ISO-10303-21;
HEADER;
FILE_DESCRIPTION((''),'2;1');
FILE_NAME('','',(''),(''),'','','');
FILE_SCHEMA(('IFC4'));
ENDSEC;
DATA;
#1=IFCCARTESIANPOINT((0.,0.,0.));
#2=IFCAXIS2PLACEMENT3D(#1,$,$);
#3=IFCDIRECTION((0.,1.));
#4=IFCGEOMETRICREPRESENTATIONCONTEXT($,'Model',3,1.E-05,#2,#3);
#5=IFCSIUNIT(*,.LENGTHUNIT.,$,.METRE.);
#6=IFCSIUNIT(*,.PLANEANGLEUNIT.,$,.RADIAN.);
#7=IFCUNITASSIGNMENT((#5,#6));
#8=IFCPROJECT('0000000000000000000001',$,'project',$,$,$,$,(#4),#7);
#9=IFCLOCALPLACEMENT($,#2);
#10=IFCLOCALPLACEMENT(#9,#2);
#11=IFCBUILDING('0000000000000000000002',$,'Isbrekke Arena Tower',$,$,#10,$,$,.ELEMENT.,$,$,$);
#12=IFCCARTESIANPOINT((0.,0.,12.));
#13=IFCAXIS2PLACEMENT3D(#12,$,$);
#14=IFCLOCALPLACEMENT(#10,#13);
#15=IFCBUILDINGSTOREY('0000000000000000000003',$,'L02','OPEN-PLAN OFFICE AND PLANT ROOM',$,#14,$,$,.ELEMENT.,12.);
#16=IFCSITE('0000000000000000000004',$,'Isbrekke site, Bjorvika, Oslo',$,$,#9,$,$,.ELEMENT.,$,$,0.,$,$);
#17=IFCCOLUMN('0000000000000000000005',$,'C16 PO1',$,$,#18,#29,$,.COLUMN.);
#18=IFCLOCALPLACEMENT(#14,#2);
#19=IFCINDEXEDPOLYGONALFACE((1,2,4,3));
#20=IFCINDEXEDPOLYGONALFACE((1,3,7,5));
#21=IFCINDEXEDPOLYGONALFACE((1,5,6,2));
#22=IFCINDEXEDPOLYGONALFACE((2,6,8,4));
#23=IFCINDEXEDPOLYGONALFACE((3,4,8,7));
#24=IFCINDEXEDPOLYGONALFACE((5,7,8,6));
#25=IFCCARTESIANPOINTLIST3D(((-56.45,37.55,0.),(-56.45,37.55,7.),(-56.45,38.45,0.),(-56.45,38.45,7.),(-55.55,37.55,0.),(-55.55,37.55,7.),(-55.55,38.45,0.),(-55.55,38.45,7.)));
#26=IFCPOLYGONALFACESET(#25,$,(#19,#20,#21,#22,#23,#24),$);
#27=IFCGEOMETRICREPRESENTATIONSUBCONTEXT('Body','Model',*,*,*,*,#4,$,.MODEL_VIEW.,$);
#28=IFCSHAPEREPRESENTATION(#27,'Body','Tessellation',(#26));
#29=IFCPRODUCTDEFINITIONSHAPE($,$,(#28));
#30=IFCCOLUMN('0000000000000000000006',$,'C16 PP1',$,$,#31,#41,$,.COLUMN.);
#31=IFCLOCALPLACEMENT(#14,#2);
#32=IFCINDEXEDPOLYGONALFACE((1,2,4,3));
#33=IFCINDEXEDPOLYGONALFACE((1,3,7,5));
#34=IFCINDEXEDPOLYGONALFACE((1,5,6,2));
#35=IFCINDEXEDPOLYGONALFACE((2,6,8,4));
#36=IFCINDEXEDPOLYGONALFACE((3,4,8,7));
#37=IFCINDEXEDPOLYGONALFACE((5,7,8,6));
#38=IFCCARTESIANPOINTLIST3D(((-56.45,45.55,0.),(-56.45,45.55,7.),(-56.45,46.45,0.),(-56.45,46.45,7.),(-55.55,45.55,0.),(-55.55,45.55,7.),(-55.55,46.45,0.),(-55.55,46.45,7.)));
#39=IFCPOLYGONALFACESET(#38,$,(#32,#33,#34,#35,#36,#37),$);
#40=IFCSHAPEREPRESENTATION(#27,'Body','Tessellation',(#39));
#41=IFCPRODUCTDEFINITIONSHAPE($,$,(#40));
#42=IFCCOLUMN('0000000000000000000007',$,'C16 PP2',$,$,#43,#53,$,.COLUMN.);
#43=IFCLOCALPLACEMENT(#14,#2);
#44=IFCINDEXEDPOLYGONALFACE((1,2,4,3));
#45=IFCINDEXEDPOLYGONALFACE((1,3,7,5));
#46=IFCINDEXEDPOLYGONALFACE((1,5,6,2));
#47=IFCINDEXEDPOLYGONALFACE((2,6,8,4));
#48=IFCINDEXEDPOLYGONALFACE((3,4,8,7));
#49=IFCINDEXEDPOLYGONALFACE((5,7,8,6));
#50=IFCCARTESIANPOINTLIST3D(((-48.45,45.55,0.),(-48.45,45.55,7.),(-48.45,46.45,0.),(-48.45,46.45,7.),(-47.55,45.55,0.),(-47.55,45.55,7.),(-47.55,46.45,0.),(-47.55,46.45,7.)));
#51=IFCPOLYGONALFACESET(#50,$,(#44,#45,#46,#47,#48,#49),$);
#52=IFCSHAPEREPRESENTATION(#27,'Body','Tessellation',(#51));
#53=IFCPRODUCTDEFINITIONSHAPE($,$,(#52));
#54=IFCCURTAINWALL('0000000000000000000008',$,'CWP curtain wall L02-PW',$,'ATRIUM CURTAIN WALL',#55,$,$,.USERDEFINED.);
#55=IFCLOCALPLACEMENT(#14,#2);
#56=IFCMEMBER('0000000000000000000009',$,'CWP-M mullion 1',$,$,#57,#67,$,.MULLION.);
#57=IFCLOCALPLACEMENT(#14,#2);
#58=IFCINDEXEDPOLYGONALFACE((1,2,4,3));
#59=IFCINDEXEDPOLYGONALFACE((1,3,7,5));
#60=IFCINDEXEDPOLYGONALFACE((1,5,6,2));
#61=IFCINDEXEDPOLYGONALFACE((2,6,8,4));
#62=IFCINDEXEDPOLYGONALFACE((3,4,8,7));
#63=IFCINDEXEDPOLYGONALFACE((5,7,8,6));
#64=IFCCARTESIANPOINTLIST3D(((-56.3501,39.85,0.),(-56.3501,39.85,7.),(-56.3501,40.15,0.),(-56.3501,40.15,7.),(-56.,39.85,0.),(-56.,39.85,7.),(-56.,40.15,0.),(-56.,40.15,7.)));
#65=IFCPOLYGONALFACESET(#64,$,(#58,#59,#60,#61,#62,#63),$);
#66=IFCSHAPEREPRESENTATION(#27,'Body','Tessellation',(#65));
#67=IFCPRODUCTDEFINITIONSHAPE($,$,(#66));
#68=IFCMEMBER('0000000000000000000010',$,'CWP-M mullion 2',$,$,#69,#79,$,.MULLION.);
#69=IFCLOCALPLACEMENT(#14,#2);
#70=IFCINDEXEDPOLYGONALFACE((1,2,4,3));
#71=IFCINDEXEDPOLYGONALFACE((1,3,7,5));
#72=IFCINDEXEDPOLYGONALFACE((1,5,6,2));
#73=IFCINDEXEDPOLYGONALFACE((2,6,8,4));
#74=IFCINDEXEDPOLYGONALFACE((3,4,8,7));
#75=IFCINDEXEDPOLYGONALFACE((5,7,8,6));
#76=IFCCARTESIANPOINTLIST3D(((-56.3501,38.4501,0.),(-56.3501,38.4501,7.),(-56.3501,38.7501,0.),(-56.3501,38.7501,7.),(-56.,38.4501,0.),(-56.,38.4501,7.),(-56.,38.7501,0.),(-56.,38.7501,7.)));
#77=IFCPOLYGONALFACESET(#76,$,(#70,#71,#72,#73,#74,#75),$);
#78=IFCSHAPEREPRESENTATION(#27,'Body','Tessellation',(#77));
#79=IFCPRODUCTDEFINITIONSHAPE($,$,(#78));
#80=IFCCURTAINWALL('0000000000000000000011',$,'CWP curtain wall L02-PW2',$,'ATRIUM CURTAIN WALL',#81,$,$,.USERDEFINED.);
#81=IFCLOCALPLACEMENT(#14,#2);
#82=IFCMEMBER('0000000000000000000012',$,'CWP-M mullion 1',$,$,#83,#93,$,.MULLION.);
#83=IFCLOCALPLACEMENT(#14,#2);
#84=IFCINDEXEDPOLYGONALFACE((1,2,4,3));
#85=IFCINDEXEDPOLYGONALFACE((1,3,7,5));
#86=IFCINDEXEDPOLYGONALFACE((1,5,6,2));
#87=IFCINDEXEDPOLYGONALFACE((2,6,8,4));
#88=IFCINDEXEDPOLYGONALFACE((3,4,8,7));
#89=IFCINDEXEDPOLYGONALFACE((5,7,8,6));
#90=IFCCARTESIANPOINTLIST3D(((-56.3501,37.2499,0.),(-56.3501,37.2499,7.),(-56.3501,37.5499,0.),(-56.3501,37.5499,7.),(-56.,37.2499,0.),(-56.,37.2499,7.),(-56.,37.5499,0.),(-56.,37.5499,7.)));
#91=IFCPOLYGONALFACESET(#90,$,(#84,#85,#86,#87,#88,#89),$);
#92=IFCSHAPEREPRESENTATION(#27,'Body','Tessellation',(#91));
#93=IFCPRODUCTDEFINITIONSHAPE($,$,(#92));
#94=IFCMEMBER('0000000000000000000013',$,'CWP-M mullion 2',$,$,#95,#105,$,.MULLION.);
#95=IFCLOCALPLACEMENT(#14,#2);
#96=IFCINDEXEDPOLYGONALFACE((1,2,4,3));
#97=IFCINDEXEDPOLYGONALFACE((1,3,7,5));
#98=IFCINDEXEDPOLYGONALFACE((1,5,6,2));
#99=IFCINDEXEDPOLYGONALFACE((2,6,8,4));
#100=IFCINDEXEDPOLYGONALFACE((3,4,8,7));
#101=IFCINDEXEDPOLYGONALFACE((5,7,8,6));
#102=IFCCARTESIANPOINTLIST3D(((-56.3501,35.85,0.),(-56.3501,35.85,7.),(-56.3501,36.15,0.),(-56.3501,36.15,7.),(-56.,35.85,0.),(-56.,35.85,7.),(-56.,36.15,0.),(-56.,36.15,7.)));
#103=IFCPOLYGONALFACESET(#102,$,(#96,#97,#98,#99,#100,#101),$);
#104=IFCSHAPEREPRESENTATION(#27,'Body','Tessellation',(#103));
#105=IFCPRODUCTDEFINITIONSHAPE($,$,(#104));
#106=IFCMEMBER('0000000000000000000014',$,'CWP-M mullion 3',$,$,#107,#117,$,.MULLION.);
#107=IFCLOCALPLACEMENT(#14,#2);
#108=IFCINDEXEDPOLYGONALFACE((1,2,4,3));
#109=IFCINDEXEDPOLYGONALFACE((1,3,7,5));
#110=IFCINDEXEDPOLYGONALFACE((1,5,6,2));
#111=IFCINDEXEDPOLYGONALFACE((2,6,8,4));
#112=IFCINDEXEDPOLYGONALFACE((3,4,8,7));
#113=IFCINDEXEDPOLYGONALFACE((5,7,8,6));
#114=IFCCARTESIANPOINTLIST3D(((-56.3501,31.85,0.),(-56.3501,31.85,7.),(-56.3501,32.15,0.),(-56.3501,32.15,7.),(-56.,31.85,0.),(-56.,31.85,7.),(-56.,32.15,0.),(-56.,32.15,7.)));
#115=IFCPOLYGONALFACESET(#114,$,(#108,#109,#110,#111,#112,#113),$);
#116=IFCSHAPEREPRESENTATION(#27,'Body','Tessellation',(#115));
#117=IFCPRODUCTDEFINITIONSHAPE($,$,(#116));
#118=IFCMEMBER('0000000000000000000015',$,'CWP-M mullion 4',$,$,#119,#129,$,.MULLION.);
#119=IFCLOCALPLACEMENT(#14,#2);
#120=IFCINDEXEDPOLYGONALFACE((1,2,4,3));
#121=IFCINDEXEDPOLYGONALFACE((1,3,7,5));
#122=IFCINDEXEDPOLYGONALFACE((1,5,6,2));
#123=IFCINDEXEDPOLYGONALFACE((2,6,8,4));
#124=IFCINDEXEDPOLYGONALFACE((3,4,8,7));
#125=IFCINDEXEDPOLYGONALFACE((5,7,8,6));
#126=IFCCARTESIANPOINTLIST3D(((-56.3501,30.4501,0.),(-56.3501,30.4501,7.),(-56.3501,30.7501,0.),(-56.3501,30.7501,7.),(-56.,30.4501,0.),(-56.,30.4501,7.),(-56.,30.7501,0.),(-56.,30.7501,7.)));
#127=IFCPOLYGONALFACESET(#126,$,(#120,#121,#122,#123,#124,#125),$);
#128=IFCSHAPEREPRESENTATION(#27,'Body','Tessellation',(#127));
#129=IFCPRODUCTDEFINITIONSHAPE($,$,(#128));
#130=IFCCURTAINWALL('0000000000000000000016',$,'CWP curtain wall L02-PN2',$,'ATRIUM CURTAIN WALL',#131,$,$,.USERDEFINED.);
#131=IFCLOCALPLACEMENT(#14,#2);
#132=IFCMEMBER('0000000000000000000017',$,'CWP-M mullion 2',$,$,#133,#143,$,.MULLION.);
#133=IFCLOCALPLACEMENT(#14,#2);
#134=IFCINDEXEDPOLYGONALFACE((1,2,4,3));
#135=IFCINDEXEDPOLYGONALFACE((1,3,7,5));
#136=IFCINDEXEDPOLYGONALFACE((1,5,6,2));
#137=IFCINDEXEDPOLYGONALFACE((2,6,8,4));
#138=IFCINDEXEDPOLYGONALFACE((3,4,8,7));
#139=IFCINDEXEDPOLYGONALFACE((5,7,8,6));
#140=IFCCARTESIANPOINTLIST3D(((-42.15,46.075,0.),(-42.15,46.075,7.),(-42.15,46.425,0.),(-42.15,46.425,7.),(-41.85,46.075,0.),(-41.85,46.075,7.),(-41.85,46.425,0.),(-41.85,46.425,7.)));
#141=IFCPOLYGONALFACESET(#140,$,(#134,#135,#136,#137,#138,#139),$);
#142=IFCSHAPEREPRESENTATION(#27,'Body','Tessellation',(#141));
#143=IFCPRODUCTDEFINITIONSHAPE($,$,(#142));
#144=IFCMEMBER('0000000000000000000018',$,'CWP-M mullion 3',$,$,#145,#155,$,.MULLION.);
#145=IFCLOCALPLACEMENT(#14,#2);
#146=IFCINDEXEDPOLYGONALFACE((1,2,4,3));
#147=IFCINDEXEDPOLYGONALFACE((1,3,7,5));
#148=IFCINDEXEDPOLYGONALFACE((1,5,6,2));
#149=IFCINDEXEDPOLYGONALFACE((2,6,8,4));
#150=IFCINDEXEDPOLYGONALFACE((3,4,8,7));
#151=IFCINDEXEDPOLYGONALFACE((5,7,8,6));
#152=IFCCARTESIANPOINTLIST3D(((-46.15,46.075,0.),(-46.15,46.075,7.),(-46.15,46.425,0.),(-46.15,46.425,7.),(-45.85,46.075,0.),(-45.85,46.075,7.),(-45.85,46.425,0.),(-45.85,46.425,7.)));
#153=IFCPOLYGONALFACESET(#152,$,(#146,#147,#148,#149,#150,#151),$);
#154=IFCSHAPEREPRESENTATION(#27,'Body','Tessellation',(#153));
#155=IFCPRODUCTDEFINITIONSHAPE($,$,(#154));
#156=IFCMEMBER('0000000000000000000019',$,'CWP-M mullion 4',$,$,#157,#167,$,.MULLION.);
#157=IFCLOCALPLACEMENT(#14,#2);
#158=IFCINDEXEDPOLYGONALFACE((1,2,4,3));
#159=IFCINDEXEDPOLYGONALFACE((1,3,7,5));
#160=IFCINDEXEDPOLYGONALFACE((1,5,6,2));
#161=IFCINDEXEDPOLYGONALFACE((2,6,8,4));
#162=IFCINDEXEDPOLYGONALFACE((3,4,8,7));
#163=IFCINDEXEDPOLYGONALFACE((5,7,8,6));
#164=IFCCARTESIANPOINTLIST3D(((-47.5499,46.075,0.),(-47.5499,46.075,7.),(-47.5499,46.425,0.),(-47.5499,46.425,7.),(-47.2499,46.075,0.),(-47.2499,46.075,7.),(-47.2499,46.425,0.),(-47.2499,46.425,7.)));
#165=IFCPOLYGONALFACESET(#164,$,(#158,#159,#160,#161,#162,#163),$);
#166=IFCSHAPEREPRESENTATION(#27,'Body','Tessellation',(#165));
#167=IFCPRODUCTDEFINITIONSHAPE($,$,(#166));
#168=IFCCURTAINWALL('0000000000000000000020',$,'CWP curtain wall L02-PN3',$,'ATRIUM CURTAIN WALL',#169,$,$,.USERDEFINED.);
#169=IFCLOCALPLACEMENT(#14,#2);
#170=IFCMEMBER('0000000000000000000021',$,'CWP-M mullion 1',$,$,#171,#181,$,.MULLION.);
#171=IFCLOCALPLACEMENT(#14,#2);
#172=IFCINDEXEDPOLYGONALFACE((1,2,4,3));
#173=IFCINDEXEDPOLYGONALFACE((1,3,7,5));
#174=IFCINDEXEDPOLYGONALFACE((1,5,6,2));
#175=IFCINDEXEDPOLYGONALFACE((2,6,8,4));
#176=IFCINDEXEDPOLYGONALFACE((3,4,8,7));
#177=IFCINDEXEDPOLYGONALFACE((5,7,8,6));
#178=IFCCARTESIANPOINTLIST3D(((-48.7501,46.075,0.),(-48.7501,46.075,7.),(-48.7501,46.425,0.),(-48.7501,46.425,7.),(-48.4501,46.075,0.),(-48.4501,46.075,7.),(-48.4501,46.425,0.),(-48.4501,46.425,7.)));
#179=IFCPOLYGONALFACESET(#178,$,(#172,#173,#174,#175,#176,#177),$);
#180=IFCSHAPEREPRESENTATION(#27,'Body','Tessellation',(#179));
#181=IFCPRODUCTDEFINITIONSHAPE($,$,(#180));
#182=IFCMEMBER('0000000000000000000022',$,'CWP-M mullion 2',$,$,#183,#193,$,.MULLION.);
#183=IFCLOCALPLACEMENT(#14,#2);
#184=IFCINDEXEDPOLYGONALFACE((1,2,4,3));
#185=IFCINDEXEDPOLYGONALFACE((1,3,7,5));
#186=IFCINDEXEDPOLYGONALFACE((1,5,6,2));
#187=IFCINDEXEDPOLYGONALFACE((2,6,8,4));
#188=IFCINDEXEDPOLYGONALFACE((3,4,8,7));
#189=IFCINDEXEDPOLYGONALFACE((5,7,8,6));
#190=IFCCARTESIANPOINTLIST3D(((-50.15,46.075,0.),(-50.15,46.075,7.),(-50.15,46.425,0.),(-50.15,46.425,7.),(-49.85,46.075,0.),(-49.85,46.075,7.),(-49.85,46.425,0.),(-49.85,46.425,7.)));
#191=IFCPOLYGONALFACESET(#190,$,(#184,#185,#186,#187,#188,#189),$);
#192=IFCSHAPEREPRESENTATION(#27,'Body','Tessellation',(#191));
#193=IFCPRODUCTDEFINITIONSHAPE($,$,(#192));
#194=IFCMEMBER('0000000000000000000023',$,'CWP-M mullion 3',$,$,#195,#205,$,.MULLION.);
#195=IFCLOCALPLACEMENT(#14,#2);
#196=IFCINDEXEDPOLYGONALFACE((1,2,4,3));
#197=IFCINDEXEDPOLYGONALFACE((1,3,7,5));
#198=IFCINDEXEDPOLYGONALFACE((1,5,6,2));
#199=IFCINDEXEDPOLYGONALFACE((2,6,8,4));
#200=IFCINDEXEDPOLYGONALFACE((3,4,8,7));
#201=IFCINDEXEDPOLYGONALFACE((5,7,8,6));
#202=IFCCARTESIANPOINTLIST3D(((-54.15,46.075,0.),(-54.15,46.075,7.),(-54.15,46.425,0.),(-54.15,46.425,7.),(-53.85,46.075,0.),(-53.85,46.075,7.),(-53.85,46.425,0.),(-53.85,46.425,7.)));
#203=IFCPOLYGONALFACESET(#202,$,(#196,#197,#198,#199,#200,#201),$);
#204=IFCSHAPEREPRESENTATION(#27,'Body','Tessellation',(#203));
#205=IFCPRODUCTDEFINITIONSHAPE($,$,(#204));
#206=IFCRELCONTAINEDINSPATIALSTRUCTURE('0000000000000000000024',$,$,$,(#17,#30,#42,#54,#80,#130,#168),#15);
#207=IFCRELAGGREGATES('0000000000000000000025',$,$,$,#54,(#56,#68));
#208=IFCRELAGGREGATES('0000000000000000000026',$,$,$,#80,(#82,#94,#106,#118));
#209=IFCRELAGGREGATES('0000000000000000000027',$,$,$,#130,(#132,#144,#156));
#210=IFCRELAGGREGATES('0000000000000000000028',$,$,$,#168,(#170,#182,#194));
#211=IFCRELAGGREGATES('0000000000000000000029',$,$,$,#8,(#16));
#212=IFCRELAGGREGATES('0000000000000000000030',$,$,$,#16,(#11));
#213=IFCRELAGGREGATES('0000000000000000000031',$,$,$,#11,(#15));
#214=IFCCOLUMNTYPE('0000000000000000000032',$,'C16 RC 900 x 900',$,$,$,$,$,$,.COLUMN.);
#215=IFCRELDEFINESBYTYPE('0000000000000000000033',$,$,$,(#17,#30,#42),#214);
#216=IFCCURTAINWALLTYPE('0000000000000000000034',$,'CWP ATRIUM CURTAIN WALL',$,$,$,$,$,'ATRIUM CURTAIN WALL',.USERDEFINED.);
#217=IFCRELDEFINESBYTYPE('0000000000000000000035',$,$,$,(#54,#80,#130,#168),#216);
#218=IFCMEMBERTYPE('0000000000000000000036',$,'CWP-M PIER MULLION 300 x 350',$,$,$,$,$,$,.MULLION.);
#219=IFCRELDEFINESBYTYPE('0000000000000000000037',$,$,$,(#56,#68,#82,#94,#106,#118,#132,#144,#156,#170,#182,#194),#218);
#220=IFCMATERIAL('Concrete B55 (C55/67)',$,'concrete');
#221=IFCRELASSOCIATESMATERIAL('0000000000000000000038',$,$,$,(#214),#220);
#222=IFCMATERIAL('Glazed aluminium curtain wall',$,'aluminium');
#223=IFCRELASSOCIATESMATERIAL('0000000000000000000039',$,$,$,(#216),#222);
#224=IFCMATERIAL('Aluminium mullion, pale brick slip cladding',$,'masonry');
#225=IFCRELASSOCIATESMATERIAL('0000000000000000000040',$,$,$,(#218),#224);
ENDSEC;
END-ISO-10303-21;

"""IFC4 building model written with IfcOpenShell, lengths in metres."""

from ifc_helpers import new_model, si_unit, direction, frame, origin, origin_2d, place, context, subcontext, project, spatial, rectangle, extrude, material, material_profile, profile_set, type_object, element, aggregate, save


model = new_model("IFC4")

# Units and contexts
model_context = context("Model", 3, precision=1e-05, world=origin(), true_north=direction((0.0, 1.0)))
body_context = subcontext(model_context, "Body", "Model", "MODEL_VIEW")
ifc_project = project(units=[si_unit("LENGTHUNIT", "METRE"), si_unit("PLANEANGLEUNIT", "RADIAN")], contexts=[model_context])

# Site, building, storey
site_placement = place(None, origin())
site = spatial("IfcSite", under=ifc_project, at=site_placement, Name="Isbrekke site, Bjorvika, Oslo", CompositionType="ELEMENT", RefElevation=0.0)
building_placement = place(site_placement, origin())
building = spatial("IfcBuilding", under=site, at=building_placement, Name="Isbrekke Arena Tower", CompositionType="ELEMENT")
storey_placement = place(building_placement, frame((0.0, 0.0, 12.0)))
storey = spatial("IfcBuildingStorey", under=building, at=storey_placement, Name="L02", Description="OPEN-PLAN OFFICE AND PLANT ROOM", CompositionType="ELEMENT", Elevation=12.0)

# Columns
ifc_material_1 = material(Name="Concrete B55 (C55/67)", Category="concrete")
ifc_material_profile_1 = material_profile(ifc_material_1, rectangle(XDim=0.8999, YDim=0.8999, at=origin_2d()), Name="RC 900x900")
ifc_profile_set_1 = profile_set([ifc_material_profile_1], Name="Concrete B55 (C55/67)")
column_type = type_object("IfcColumnType", Name="C16 RC 900 x 900", PredefinedType="COLUMN", material=ifc_profile_set_1)
for number, where, z_axis, x_axis, name in (
    (1, (-56.0, 38.0, 0.0), (0.0, 0.0, 1.0), (1.0, 0.0, 0.0), "C16 PO1"),
    (2, (-56.0, 46.0, 0.0), (0.0, 0.0, 1.0), (1.0, 0.0, 0.0), "C16 PP1"),
    (3, (-48.0, 46.0, 0.0), (0.0, 0.0, 1.0), (1.0, 0.0, 0.0), "C16 PP2"),
):
    element("IfcColumn", number, at=place(storey_placement, frame(where, z_axis=z_axis, x_axis=x_axis)), inside=storey, type_object=column_type, Name=name, PredefinedType="COLUMN", context=body_context, shape_type="SweptSolid", body=[
        extrude(rectangle(XDim=0.8999, YDim=0.8999, at=origin_2d()), origin(), (0.0, 0.0, 1.0), 7.0),
    ])

# Curtain walls, members
ifc_material_2 = material(Name="Glazed aluminium curtain wall", Category="aluminium")
curtain_wall_type = type_object("IfcCurtainWallType", Name="CWP ATRIUM CURTAIN WALL", ElementType="ATRIUM CURTAIN WALL", PredefinedType="USERDEFINED", material=ifc_material_2)
curtain_wall_1_placement = place(storey_placement, origin())
curtain_wall_1 = element("IfcCurtainWall", 4, at=curtain_wall_1_placement, inside=storey, type_object=curtain_wall_type, Name="CWP curtain wall L02-PW", ObjectType="ATRIUM CURTAIN WALL", PredefinedType="USERDEFINED")
ifc_material_3 = material(Name="Aluminium mullion, pale brick slip cladding", Category="masonry")
ifc_material_profile_2 = material_profile(ifc_material_3, rectangle(XDim=0.3, YDim=0.3501, at=origin_2d()), Name="PIER 300X350")
ifc_profile_set_2 = profile_set([ifc_material_profile_2], Name="Aluminium mullion, pale brick slip cladding")
member_type_1 = type_object("IfcMemberType", Name="CWP-M PIER MULLION 300 x 350", PredefinedType="MULLION", material=ifc_profile_set_2)
member_1_placement = place(storey_placement, frame((-56.175, 40.0, 0.0), z_axis=(0.0, 0.0, 1.0), x_axis=(0.0, -1.0, 0.0)))
member_1 = element("IfcMember", 5, at=member_1_placement, type_object=member_type_1, Name="CWP-M mullion 1", PredefinedType="MULLION", context=body_context, shape_type="SweptSolid", body=[
    extrude(rectangle(XDim=0.3, YDim=0.3501, at=origin_2d()), origin(), (0.0, 0.0, 1.0), 7.0),
])
member_2_placement = place(storey_placement, frame((-56.175, 38.6001, 0.0), z_axis=(0.0, 0.0, 1.0), x_axis=(0.0, -1.0, 0.0)))
member_2 = element("IfcMember", 6, at=member_2_placement, type_object=member_type_1, Name="CWP-M mullion 2", PredefinedType="MULLION", context=body_context, shape_type="SweptSolid", body=[
    extrude(rectangle(XDim=0.3, YDim=0.3501, at=origin_2d()), origin(), (0.0, 0.0, 1.0), 7.0),
])
curtain_wall_2_placement = place(storey_placement, origin())
curtain_wall_2 = element("IfcCurtainWall", 7, at=curtain_wall_2_placement, inside=storey, type_object=curtain_wall_type, Name="CWP curtain wall L02-PW2", ObjectType="ATRIUM CURTAIN WALL", PredefinedType="USERDEFINED")
member_3_placement = place(storey_placement, frame((-56.175, 37.3999, 0.0), z_axis=(0.0, 0.0, 1.0), x_axis=(0.0, -1.0, 0.0)))
member_3 = element("IfcMember", 8, at=member_3_placement, type_object=member_type_1, Name="CWP-M mullion 1", PredefinedType="MULLION", context=body_context, shape_type="SweptSolid", body=[
    extrude(rectangle(XDim=0.3, YDim=0.3501, at=origin_2d()), origin(), (0.0, 0.0, 1.0), 7.0),
])
member_4_placement = place(storey_placement, frame((-56.175, 36.0, 0.0), z_axis=(0.0, 0.0, 1.0), x_axis=(0.0, -1.0, 0.0)))
member_4 = element("IfcMember", 9, at=member_4_placement, type_object=member_type_1, Name="CWP-M mullion 2", PredefinedType="MULLION", context=body_context, shape_type="SweptSolid", body=[
    extrude(rectangle(XDim=0.3, YDim=0.3501, at=origin_2d()), origin(), (0.0, 0.0, 1.0), 7.0),
])
member_5_placement = place(storey_placement, frame((-56.175, 32.0, 0.0), z_axis=(0.0, 0.0, 1.0), x_axis=(0.0, -1.0, 0.0)))
member_5 = element("IfcMember", 10, at=member_5_placement, type_object=member_type_1, Name="CWP-M mullion 3", PredefinedType="MULLION", context=body_context, shape_type="SweptSolid", body=[
    extrude(rectangle(XDim=0.3, YDim=0.3501, at=origin_2d()), origin(), (0.0, 0.0, 1.0), 7.0),
])
member_6_placement = place(storey_placement, frame((-56.175, 30.6001, 0.0), z_axis=(0.0, 0.0, 1.0), x_axis=(0.0, -1.0, 0.0)))
member_6 = element("IfcMember", 11, at=member_6_placement, type_object=member_type_1, Name="CWP-M mullion 4", PredefinedType="MULLION", context=body_context, shape_type="SweptSolid", body=[
    extrude(rectangle(XDim=0.3, YDim=0.3501, at=origin_2d()), origin(), (0.0, 0.0, 1.0), 7.0),
])
curtain_wall_3_placement = place(storey_placement, origin())
curtain_wall_3 = element("IfcCurtainWall", 12, at=curtain_wall_3_placement, inside=storey, type_object=curtain_wall_type, Name="CWP curtain wall L02-PN2", ObjectType="ATRIUM CURTAIN WALL", PredefinedType="USERDEFINED")
member_7_placement = place(storey_placement, frame((-42.0, 46.25, 0.0), z_axis=(0.0, 0.0, 1.0), x_axis=(-1.0, 0.0, 0.0)))
member_7 = element("IfcMember", 13, at=member_7_placement, type_object=member_type_1, Name="CWP-M mullion 2", PredefinedType="MULLION", context=body_context, shape_type="SweptSolid", body=[
    extrude(rectangle(XDim=0.3, YDim=0.3501, at=origin_2d()), origin(), (0.0, 0.0, 1.0), 7.0),
])
member_8_placement = place(storey_placement, frame((-46.0, 46.25, 0.0), z_axis=(0.0, 0.0, 1.0), x_axis=(-1.0, 0.0, 0.0)))
member_8 = element("IfcMember", 14, at=member_8_placement, type_object=member_type_1, Name="CWP-M mullion 3", PredefinedType="MULLION", context=body_context, shape_type="SweptSolid", body=[
    extrude(rectangle(XDim=0.3, YDim=0.3501, at=origin_2d()), origin(), (0.0, 0.0, 1.0), 7.0),
])
member_9_placement = place(storey_placement, frame((-47.3999, 46.25, 0.0), z_axis=(0.0, 0.0, 1.0), x_axis=(-1.0, 0.0, 0.0)))
member_9 = element("IfcMember", 15, at=member_9_placement, type_object=member_type_1, Name="CWP-M mullion 4", PredefinedType="MULLION", context=body_context, shape_type="SweptSolid", body=[
    extrude(rectangle(XDim=0.3, YDim=0.3501, at=origin_2d()), origin(), (0.0, 0.0, 1.0), 7.0),
])
curtain_wall_4_placement = place(storey_placement, origin())
curtain_wall_4 = element("IfcCurtainWall", 16, at=curtain_wall_4_placement, inside=storey, type_object=curtain_wall_type, Name="CWP curtain wall L02-PN3", ObjectType="ATRIUM CURTAIN WALL", PredefinedType="USERDEFINED")
member_10_placement = place(storey_placement, frame((-48.6001, 46.25, 0.0), z_axis=(0.0, 0.0, 1.0), x_axis=(-1.0, 0.0, 0.0)))
member_10 = element("IfcMember", 17, at=member_10_placement, type_object=member_type_1, Name="CWP-M mullion 1", PredefinedType="MULLION", context=body_context, shape_type="SweptSolid", body=[
    extrude(rectangle(XDim=0.3, YDim=0.3501, at=origin_2d()), origin(), (0.0, 0.0, 1.0), 7.0),
])
member_11_placement = place(storey_placement, frame((-50.0, 46.25, 0.0), z_axis=(0.0, 0.0, 1.0), x_axis=(-1.0, 0.0, 0.0)))
member_11 = element("IfcMember", 18, at=member_11_placement, type_object=member_type_1, Name="CWP-M mullion 2", PredefinedType="MULLION", context=body_context, shape_type="SweptSolid", body=[
    extrude(rectangle(XDim=0.3, YDim=0.3501, at=origin_2d()), origin(), (0.0, 0.0, 1.0), 7.0),
])
member_12_placement = place(storey_placement, frame((-54.0, 46.25, 0.0), z_axis=(0.0, 0.0, 1.0), x_axis=(-1.0, 0.0, 0.0)))
member_12 = element("IfcMember", 19, at=member_12_placement, type_object=member_type_1, Name="CWP-M mullion 3", PredefinedType="MULLION", context=body_context, shape_type="SweptSolid", body=[
    extrude(rectangle(XDim=0.3, YDim=0.3501, at=origin_2d()), origin(), (0.0, 0.0, 1.0), 7.0),
])

aggregate(curtain_wall_1, [member_1, member_2])
aggregate(curtain_wall_2, [member_3, member_4, member_5, member_6])
aggregate(curtain_wall_3, [member_7, member_8, member_9])
aggregate(curtain_wall_4, [member_10, member_11, member_12])

save(model, "model.ifc")
